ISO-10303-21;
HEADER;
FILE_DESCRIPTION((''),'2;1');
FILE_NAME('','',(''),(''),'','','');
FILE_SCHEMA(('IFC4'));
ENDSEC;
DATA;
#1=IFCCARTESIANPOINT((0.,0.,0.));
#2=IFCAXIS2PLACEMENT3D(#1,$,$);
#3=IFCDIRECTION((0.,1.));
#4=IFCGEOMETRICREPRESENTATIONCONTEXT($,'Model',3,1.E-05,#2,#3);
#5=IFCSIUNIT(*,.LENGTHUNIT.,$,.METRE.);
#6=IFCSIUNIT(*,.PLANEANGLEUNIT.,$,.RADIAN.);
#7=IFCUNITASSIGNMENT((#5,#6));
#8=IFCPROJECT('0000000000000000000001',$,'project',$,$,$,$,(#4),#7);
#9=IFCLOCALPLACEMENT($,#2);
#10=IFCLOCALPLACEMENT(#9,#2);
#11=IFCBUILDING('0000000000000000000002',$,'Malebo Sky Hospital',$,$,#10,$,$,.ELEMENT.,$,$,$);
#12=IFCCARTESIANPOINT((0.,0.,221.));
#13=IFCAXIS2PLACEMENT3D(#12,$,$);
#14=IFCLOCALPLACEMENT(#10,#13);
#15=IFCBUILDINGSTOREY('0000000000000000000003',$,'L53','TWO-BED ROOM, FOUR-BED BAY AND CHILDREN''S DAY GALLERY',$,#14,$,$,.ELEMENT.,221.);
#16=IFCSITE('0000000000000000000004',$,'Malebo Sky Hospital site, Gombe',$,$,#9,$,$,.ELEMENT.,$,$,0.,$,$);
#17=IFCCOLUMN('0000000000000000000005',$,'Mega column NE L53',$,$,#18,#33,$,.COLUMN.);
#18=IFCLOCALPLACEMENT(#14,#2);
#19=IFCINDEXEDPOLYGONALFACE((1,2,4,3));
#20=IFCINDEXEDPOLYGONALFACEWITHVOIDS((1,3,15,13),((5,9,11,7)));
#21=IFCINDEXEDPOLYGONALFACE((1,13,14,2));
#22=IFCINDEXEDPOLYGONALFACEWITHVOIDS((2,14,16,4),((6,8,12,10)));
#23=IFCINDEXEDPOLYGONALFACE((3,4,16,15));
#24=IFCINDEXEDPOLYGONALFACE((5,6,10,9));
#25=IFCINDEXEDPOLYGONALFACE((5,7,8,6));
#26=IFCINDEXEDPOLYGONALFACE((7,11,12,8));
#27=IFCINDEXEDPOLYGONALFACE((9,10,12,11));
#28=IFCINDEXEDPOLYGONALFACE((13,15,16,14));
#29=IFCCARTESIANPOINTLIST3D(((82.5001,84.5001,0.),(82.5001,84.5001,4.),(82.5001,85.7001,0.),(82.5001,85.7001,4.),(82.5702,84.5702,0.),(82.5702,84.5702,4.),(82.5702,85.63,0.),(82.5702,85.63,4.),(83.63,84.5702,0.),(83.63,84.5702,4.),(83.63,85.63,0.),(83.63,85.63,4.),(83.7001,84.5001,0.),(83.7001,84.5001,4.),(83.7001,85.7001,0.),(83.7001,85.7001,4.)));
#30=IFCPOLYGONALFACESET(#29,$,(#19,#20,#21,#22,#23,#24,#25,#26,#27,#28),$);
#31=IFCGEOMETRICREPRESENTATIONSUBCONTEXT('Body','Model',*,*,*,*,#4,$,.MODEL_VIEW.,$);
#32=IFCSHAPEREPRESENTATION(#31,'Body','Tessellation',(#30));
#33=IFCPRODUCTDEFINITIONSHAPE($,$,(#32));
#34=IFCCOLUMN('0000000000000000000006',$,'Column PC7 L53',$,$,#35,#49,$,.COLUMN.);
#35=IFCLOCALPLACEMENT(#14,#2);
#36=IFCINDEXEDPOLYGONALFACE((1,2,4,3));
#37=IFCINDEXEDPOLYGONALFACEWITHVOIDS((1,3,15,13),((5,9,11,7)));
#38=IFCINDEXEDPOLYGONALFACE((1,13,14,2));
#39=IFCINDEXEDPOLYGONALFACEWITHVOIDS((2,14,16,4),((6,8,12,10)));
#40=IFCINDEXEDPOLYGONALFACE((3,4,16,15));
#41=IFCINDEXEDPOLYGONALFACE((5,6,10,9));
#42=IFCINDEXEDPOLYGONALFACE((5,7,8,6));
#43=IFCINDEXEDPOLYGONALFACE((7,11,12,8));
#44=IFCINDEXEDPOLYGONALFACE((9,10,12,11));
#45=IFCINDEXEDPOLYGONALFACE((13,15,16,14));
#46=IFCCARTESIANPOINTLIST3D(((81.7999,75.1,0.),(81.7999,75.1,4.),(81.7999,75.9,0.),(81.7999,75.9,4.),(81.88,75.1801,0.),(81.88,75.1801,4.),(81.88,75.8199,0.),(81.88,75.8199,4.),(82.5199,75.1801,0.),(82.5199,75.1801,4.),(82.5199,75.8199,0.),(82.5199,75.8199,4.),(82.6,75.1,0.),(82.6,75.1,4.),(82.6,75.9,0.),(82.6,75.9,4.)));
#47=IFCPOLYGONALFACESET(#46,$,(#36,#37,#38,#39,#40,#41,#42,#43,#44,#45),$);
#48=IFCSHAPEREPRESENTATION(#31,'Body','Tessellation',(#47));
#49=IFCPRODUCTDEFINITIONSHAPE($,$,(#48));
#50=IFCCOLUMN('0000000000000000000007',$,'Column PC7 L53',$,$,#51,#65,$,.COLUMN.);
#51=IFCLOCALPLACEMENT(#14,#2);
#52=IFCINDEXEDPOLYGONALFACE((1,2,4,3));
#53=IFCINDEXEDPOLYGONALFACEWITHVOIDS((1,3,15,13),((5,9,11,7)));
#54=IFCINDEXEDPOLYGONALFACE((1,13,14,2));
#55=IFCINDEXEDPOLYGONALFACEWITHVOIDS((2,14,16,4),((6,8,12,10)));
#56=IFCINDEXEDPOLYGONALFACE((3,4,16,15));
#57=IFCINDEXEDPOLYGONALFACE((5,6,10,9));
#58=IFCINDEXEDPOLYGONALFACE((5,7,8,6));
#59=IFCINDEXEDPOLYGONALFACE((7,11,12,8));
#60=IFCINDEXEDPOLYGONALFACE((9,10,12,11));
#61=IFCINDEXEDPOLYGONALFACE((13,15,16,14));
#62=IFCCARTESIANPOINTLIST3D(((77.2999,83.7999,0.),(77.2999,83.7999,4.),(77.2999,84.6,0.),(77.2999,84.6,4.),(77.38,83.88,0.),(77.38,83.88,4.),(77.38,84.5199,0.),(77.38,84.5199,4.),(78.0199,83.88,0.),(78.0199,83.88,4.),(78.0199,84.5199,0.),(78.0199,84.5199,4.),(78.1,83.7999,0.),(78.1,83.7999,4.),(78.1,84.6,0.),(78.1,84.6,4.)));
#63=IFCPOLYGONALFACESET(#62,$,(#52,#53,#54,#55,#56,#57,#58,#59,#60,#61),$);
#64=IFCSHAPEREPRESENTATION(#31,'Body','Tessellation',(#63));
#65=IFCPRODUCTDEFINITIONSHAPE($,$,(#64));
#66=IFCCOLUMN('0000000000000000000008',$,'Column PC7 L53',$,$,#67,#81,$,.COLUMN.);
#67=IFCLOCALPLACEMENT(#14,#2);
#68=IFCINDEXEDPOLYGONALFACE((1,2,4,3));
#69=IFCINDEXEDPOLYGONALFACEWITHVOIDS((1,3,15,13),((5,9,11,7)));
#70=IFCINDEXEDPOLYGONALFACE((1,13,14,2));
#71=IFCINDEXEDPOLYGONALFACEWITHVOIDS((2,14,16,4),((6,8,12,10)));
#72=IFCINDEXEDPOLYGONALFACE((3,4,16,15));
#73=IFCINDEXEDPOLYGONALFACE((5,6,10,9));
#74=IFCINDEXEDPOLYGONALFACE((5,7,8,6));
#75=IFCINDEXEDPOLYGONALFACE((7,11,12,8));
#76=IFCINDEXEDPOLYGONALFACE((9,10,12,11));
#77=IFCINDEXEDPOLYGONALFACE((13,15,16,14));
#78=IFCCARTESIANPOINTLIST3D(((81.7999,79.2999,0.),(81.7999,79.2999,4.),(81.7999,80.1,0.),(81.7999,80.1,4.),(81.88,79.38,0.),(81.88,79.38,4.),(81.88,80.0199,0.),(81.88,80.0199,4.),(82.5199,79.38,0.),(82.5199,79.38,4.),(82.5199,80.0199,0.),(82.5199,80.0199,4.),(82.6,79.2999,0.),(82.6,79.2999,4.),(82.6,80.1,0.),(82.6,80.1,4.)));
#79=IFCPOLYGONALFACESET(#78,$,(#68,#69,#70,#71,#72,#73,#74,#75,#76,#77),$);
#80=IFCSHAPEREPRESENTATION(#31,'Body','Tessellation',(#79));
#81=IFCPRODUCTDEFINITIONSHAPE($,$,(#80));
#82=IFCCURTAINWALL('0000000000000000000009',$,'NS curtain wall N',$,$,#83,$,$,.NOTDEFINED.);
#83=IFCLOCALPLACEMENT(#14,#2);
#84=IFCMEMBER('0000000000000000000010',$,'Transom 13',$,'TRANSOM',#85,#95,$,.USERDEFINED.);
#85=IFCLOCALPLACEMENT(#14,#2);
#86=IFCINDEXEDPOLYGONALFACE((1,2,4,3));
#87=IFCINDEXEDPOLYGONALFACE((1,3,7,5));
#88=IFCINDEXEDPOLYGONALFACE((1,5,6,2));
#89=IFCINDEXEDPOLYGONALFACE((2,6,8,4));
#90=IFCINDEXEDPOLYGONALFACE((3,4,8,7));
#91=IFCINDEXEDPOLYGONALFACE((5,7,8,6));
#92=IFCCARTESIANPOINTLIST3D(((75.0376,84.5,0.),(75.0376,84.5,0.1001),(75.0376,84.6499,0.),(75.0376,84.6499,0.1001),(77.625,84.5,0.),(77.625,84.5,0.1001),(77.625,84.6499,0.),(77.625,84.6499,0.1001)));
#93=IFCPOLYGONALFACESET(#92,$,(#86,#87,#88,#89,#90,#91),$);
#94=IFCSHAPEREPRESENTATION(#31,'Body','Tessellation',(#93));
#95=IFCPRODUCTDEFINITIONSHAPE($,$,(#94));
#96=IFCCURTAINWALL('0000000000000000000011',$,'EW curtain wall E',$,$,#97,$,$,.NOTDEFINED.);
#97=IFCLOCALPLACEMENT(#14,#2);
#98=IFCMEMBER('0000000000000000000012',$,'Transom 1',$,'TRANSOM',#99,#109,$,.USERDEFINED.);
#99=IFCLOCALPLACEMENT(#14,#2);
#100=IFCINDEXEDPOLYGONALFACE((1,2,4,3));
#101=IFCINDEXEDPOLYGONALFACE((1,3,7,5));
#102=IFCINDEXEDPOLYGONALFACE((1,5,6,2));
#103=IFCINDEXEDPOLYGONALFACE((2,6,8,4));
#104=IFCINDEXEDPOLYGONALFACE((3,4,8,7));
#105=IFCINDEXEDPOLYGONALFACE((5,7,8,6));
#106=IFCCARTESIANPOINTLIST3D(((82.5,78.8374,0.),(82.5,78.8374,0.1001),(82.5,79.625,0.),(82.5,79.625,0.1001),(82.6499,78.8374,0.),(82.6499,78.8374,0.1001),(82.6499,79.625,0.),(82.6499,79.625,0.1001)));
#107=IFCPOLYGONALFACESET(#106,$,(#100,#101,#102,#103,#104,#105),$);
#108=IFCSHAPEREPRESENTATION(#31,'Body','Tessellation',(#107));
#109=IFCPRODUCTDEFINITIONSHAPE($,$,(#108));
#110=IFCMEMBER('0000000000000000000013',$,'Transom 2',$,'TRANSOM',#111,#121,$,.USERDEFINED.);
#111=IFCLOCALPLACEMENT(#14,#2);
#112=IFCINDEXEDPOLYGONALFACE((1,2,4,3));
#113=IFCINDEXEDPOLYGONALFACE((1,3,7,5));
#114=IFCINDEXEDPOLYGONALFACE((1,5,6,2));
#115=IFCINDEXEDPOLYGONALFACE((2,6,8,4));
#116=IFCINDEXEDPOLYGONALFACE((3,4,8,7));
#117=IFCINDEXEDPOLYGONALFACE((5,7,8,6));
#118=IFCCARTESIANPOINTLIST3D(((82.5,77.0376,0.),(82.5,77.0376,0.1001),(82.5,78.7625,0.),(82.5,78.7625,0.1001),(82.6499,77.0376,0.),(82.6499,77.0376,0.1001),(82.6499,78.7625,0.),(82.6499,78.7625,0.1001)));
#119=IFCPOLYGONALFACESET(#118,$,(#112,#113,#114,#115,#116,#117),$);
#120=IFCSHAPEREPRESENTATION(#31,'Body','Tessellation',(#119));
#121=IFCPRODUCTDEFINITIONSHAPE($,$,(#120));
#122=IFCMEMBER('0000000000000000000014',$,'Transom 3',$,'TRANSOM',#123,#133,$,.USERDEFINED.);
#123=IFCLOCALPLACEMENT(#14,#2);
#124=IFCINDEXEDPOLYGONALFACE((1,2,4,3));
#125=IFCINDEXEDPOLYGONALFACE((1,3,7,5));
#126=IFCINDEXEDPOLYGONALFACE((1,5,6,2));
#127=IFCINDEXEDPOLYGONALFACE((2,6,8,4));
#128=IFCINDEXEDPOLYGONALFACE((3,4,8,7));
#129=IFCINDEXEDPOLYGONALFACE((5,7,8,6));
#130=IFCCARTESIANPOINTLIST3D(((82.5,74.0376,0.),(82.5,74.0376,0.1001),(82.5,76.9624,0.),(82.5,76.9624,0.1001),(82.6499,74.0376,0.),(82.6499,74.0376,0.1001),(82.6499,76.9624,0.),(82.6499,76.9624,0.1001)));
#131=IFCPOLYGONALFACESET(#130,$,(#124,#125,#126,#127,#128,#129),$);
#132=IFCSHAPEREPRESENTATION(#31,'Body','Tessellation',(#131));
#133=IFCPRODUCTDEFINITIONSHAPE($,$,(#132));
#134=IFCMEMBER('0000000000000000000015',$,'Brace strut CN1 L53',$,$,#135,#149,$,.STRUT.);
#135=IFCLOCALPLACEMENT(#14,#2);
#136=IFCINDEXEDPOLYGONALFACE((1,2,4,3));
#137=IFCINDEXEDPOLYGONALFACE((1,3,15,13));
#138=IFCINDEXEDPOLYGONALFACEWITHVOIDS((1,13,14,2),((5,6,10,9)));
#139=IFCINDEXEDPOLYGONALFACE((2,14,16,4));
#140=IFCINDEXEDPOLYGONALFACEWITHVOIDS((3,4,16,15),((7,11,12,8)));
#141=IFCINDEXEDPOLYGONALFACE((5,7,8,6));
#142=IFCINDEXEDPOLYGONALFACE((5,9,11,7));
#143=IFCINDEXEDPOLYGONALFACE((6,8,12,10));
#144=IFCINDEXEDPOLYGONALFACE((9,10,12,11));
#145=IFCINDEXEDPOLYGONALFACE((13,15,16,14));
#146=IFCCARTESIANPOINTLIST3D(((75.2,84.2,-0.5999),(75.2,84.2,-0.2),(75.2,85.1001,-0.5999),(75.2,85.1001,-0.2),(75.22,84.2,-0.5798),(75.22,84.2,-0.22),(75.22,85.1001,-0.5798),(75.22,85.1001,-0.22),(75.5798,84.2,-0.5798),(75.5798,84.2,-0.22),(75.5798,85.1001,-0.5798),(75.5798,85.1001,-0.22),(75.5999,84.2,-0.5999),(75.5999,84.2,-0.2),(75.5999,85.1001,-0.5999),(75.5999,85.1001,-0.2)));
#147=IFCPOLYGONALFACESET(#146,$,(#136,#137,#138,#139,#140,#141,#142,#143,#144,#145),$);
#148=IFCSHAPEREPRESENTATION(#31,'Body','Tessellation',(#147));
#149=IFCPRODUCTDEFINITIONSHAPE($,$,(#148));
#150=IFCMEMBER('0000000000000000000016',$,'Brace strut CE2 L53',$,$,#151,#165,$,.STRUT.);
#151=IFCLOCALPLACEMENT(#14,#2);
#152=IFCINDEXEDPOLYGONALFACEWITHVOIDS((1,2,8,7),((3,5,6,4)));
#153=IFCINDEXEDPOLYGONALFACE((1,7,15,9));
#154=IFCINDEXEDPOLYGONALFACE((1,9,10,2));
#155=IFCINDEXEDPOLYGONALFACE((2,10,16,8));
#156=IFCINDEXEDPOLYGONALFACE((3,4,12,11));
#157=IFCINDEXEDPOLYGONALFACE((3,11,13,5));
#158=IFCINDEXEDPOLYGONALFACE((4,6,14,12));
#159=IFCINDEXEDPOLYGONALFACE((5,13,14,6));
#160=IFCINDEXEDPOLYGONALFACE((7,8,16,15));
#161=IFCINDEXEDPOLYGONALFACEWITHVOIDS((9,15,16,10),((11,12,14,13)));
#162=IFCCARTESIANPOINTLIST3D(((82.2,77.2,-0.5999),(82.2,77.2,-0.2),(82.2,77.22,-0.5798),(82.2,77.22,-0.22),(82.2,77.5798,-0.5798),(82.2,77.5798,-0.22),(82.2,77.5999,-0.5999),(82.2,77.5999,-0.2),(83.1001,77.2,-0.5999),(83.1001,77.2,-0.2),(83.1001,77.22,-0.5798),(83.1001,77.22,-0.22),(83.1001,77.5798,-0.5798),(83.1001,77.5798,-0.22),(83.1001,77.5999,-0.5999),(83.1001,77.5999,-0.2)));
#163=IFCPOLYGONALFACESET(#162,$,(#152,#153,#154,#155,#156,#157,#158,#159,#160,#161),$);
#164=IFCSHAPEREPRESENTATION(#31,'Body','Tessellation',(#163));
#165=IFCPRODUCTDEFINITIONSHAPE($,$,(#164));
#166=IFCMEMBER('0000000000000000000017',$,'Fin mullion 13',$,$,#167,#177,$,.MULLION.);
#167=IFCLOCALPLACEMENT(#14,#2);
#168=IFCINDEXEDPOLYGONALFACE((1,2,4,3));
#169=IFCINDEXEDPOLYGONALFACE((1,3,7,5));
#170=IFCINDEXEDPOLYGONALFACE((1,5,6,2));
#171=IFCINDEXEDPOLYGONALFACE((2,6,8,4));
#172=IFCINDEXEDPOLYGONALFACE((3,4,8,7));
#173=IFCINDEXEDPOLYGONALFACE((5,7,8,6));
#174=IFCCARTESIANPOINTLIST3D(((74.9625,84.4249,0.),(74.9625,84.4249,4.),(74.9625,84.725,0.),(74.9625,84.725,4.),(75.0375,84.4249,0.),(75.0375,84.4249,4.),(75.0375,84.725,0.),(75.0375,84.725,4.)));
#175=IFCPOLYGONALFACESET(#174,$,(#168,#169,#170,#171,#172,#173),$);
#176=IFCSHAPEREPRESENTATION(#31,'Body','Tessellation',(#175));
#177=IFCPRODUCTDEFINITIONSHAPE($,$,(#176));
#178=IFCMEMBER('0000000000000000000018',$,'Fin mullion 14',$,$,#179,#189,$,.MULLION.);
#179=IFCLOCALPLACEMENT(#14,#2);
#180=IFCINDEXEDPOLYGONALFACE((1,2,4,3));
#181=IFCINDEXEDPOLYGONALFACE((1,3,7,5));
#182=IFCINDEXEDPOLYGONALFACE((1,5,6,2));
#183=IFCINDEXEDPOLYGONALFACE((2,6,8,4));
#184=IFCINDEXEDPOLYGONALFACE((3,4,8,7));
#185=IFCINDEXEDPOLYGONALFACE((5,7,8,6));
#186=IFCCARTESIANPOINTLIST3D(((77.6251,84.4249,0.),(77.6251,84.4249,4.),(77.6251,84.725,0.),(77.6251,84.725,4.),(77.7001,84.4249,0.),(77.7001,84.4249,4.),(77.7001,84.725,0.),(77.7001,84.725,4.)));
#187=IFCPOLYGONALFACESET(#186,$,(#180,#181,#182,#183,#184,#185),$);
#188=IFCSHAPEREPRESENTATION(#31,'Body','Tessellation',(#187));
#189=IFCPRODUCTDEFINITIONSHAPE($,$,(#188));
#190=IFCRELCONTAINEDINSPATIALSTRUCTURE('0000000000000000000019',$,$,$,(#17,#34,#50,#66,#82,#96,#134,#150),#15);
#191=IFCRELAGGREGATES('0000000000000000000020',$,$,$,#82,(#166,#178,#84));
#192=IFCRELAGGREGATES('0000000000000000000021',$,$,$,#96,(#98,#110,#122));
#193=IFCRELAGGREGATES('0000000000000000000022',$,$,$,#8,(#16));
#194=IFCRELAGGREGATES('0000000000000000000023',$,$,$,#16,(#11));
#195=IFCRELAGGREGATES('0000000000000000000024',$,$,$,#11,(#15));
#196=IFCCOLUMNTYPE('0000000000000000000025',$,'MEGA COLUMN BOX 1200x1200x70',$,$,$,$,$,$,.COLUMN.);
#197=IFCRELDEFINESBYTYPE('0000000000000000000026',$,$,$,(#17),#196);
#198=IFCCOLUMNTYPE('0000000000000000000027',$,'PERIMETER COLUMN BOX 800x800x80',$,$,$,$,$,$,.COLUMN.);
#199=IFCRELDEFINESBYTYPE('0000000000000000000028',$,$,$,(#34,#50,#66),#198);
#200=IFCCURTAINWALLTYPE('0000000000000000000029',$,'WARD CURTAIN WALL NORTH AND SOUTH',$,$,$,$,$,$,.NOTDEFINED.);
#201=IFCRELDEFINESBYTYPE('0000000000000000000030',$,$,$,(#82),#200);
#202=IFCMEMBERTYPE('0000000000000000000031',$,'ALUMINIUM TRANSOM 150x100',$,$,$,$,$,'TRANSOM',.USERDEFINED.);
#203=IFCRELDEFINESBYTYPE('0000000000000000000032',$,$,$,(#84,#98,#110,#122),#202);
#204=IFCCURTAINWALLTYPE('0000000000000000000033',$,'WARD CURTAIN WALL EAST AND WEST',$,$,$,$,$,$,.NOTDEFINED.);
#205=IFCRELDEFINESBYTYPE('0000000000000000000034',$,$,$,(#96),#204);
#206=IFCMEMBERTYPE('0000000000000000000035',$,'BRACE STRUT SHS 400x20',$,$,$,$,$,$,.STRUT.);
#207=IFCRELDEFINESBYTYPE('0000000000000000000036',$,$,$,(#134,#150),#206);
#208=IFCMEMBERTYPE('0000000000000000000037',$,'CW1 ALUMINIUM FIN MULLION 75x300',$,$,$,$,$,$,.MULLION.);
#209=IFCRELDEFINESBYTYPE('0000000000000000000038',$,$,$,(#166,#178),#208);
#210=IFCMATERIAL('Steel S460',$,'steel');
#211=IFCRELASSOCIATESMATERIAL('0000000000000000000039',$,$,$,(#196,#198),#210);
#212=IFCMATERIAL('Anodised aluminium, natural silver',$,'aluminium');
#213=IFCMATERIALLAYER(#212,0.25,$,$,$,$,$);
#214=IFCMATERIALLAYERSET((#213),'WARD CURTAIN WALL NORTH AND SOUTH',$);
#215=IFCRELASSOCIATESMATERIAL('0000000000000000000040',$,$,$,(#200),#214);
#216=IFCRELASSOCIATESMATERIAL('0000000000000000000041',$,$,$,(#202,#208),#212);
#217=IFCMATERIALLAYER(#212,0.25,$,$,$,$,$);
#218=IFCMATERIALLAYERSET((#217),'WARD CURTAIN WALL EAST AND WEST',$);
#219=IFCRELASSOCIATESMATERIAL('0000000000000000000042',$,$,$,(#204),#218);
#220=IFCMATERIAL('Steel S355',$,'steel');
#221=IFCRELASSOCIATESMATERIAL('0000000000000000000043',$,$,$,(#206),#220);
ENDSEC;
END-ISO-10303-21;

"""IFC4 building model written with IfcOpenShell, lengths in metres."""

from ifc_helpers import new_model, si_unit, direction, frame, origin, origin_2d, place, context, subcontext, project, spatial, rectangle, hollow_rectangle, extrude, material, layer, layer_set, material_profile, profile_set, type_object, element, aggregate, save


model = new_model("IFC4")

# Units and contexts
model_context = context("Model", 3, precision=1e-05, world=origin(), true_north=direction((0.0, 1.0)))
body_context = subcontext(model_context, "Body", "Model", "MODEL_VIEW")
ifc_project = project(units=[si_unit("LENGTHUNIT", "METRE"), si_unit("PLANEANGLEUNIT", "RADIAN")], contexts=[model_context])

# Site, building, storey
site_placement = place(None, origin())
site = spatial("IfcSite", under=ifc_project, at=site_placement, Name="Malebo Sky Hospital site, Gombe", CompositionType="ELEMENT", RefElevation=0.0)
building_placement = place(site_placement, origin())
building = spatial("IfcBuilding", under=site, at=building_placement, Name="Malebo Sky Hospital", CompositionType="ELEMENT")
storey_placement = place(building_placement, frame((0.0, 0.0, 221.0)))
storey = spatial("IfcBuildingStorey", under=building, at=storey_placement, Name="L53", Description="TWO-BED ROOM, FOUR-BED BAY AND CHILDREN'S DAY GALLERY", CompositionType="ELEMENT", Elevation=221.0)

# Columns
ifc_material_1 = material(Name="Steel S460", Category="steel")
ifc_material_profile_1 = material_profile(ifc_material_1, hollow_rectangle(XDim=1.2, YDim=1.2, WallThickness=0.0701, at=origin_2d()), Name="BOX 1200x1200x70")
ifc_profile_set_1 = profile_set([ifc_material_profile_1], Name="Steel S460")
column_type_1 = type_object("IfcColumnType", Name="MEGA COLUMN BOX 1200x1200x70", PredefinedType="COLUMN", material=ifc_profile_set_1)
column_placement = place(storey_placement, frame((83.1001, 85.1001, 0.0), z_axis=(0.0, 0.0, 1.0), x_axis=(1.0, 0.0, 0.0)))
element("IfcColumn", 1, at=column_placement, inside=storey, type_object=column_type_1, Name="Mega column NE L53", PredefinedType="COLUMN", context=body_context, shape_type="SweptSolid", body=[
    extrude(hollow_rectangle(XDim=1.2, YDim=1.2, WallThickness=0.0701, at=origin_2d()), origin(), (0.0, 0.0, 1.0), 4.0),
])
ifc_material_profile_2 = material_profile(ifc_material_1, hollow_rectangle(XDim=0.8, YDim=0.8, WallThickness=0.0801, at=origin_2d()), Name="BOX 800x800x80")
ifc_profile_set_2 = profile_set([ifc_material_profile_2], Name="Steel S460")
column_type_2 = type_object("IfcColumnType", Name="PERIMETER COLUMN BOX 800x800x80", PredefinedType="COLUMN", material=ifc_profile_set_2)
for number, where, z_axis, x_axis, name in (
    (2, (82.2, 75.5, 0.0), (0.0, 0.0, 1.0), (1.0, 0.0, 0.0), "Column PC7 L53"),
    (3, (77.7, 84.2, 0.0), (0.0, 0.0, 1.0), (1.0, 0.0, 0.0), "Column PC7 L53"),
    (4, (82.2, 79.7, 0.0), (0.0, 0.0, 1.0), (1.0, 0.0, 0.0), "Column PC7 L53"),
):
    element("IfcColumn", number, at=place(storey_placement, frame(where, z_axis=z_axis, x_axis=x_axis)), inside=storey, type_object=column_type_2, Name=name, PredefinedType="COLUMN", context=body_context, shape_type="SweptSolid", body=[
        extrude(hollow_rectangle(XDim=0.8, YDim=0.8, WallThickness=0.0801, at=origin_2d()), origin(), (0.0, 0.0, 1.0), 4.0),
    ])

# Curtain wall, member
ifc_material_2 = material(Name="Anodised aluminium, natural silver", Category="aluminium")
ifc_layer_1 = layer(ifc_material_2, 0.25)
ifc_layer_set_1 = layer_set([ifc_layer_1], Name="WARD CURTAIN WALL NORTH AND SOUTH")
curtain_wall_type_1 = type_object("IfcCurtainWallType", Name="WARD CURTAIN WALL NORTH AND SOUTH", PredefinedType="NOTDEFINED", material=ifc_layer_set_1)
curtain_wall_1_placement = place(storey_placement, origin())
curtain_wall_1 = element("IfcCurtainWall", 5, at=curtain_wall_1_placement, inside=storey, type_object=curtain_wall_type_1, Name="NS curtain wall N", PredefinedType="NOTDEFINED")
ifc_material_profile_3 = material_profile(ifc_material_2, rectangle(XDim=0.1499, YDim=0.1001, at=origin_2d()), Name="ALUMINIUM TRANSOM 150x100")
ifc_profile_set_3 = profile_set([ifc_material_profile_3], Name="Anodised aluminium, natural silver")
member_type_1 = type_object("IfcMemberType", Name="ALUMINIUM TRANSOM 150x100", ElementType="TRANSOM", PredefinedType="USERDEFINED", material=ifc_profile_set_3)
member_1_placement = place(storey_placement, frame((75.0376, 84.575, 0.05), z_axis=(1.0, 0.0, 0.0), x_axis=(0.0, 1.0, 0.0)))
member_1 = element("IfcMember", 6, at=member_1_placement, type_object=member_type_1, Name="Transom 13", ObjectType="TRANSOM", PredefinedType="USERDEFINED", context=body_context, shape_type="SweptSolid", body=[
    extrude(rectangle(XDim=0.1499, YDim=0.1001, at=origin_2d()), origin(), (0.0, 0.0, 1.0), 2.5874),
])

# Curtain wall, members
ifc_layer_2 = layer(ifc_material_2, 0.25)
ifc_layer_set_2 = layer_set([ifc_layer_2], Name="WARD CURTAIN WALL EAST AND WEST")
curtain_wall_type_2 = type_object("IfcCurtainWallType", Name="WARD CURTAIN WALL EAST AND WEST", PredefinedType="NOTDEFINED", material=ifc_layer_set_2)
curtain_wall_2_placement = place(storey_placement, origin())
curtain_wall_2 = element("IfcCurtainWall", 7, at=curtain_wall_2_placement, inside=storey, type_object=curtain_wall_type_2, Name="EW curtain wall E", PredefinedType="NOTDEFINED")
member_2_placement = place(storey_placement, frame((82.575, 79.625, 0.05), z_axis=(0.0, -1.0, 0.0), x_axis=(1.0, 0.0, 0.0)))
member_2 = element("IfcMember", 8, at=member_2_placement, type_object=member_type_1, Name="Transom 1", ObjectType="TRANSOM", PredefinedType="USERDEFINED", context=body_context, shape_type="SweptSolid", body=[
    extrude(rectangle(XDim=0.1499, YDim=0.1001, at=origin_2d()), origin(), (0.0, 0.0, 1.0), 0.7876),
])
member_3_placement = place(storey_placement, frame((82.575, 78.7625, 0.05), z_axis=(0.0, -1.0, 0.0), x_axis=(1.0, 0.0, 0.0)))
member_3 = element("IfcMember", 9, at=member_3_placement, type_object=member_type_1, Name="Transom 2", ObjectType="TRANSOM", PredefinedType="USERDEFINED", context=body_context, shape_type="SweptSolid", body=[
    extrude(rectangle(XDim=0.1499, YDim=0.1001, at=origin_2d()), origin(), (0.0, 0.0, 1.0), 1.7249),
])
member_4_placement = place(storey_placement, frame((82.575, 76.9624, 0.05), z_axis=(0.0, -1.0, 0.0), x_axis=(1.0, 0.0, 0.0)))
member_4 = element("IfcMember", 10, at=member_4_placement, type_object=member_type_1, Name="Transom 3", ObjectType="TRANSOM", PredefinedType="USERDEFINED", context=body_context, shape_type="SweptSolid", body=[
    extrude(rectangle(XDim=0.1499, YDim=0.1001, at=origin_2d()), origin(), (0.0, 0.0, 1.0), 2.9248),
])

# Members
ifc_material_3 = material(Name="Steel S355", Category="steel")
ifc_material_profile_4 = material_profile(ifc_material_3, hollow_rectangle(XDim=0.3999, YDim=0.3999, WallThickness=0.02, at=origin_2d()), Name="SHS 400x20")
ifc_profile_set_4 = profile_set([ifc_material_profile_4], Name="Steel S355")
member_type_2 = type_object("IfcMemberType", Name="BRACE STRUT SHS 400x20", PredefinedType="STRUT", material=ifc_profile_set_4)
for number, where, z_axis, x_axis, name in (
    (11, (75.3999, 85.1001, -0.3999), (0.0, -1.0, 0.0), (1.0, 0.0, 0.0), "Brace strut CN1 L53"),
    (12, (83.1001, 77.3999, -0.3999), (-1.0, 0.0, 0.0), (0.0, -1.0, 0.0), "Brace strut CE2 L53"),
):
    element("IfcMember", number, at=place(storey_placement, frame(where, z_axis=z_axis, x_axis=x_axis)), inside=storey, type_object=member_type_2, Name=name, PredefinedType="STRUT", context=body_context, shape_type="SweptSolid", body=[
        extrude(hollow_rectangle(XDim=0.3999, YDim=0.3999, WallThickness=0.02, at=origin_2d()), origin(), (0.0, 0.0, 1.0), 0.9001),
    ])

# Members
ifc_material_profile_5 = material_profile(ifc_material_2, rectangle(XDim=0.075, YDim=0.3, at=origin_2d()), Name="CW1 ALUMINIUM FIN MULLION 75x300")
ifc_profile_set_5 = profile_set([ifc_material_profile_5], Name="Anodised aluminium, natural silver")
member_type_3 = type_object("IfcMemberType", Name="CW1 ALUMINIUM FIN MULLION 75x300", PredefinedType="MULLION", material=ifc_profile_set_5)
member_5_placement = place(storey_placement, frame((75.0, 84.575, 0.0), z_axis=(0.0, 0.0, 1.0), x_axis=(1.0, 0.0, 0.0)))
member_5 = element("IfcMember", 13, at=member_5_placement, type_object=member_type_3, Name="Fin mullion 13", PredefinedType="MULLION", context=body_context, shape_type="SweptSolid", body=[
    extrude(rectangle(XDim=0.075, YDim=0.3, at=origin_2d()), origin(), (0.0, 0.0, 1.0), 4.0),
])
member_6_placement = place(storey_placement, frame((77.6626, 84.575, 0.0), z_axis=(0.0, 0.0, 1.0), x_axis=(1.0, 0.0, 0.0)))
member_6 = element("IfcMember", 14, at=member_6_placement, type_object=member_type_3, Name="Fin mullion 14", PredefinedType="MULLION", context=body_context, shape_type="SweptSolid", body=[
    extrude(rectangle(XDim=0.075, YDim=0.3, at=origin_2d()), origin(), (0.0, 0.0, 1.0), 4.0),
])

aggregate(curtain_wall_1, [member_5, member_6, member_1])
aggregate(curtain_wall_2, [member_2, member_3, member_4])

save(model, "model.ifc")
